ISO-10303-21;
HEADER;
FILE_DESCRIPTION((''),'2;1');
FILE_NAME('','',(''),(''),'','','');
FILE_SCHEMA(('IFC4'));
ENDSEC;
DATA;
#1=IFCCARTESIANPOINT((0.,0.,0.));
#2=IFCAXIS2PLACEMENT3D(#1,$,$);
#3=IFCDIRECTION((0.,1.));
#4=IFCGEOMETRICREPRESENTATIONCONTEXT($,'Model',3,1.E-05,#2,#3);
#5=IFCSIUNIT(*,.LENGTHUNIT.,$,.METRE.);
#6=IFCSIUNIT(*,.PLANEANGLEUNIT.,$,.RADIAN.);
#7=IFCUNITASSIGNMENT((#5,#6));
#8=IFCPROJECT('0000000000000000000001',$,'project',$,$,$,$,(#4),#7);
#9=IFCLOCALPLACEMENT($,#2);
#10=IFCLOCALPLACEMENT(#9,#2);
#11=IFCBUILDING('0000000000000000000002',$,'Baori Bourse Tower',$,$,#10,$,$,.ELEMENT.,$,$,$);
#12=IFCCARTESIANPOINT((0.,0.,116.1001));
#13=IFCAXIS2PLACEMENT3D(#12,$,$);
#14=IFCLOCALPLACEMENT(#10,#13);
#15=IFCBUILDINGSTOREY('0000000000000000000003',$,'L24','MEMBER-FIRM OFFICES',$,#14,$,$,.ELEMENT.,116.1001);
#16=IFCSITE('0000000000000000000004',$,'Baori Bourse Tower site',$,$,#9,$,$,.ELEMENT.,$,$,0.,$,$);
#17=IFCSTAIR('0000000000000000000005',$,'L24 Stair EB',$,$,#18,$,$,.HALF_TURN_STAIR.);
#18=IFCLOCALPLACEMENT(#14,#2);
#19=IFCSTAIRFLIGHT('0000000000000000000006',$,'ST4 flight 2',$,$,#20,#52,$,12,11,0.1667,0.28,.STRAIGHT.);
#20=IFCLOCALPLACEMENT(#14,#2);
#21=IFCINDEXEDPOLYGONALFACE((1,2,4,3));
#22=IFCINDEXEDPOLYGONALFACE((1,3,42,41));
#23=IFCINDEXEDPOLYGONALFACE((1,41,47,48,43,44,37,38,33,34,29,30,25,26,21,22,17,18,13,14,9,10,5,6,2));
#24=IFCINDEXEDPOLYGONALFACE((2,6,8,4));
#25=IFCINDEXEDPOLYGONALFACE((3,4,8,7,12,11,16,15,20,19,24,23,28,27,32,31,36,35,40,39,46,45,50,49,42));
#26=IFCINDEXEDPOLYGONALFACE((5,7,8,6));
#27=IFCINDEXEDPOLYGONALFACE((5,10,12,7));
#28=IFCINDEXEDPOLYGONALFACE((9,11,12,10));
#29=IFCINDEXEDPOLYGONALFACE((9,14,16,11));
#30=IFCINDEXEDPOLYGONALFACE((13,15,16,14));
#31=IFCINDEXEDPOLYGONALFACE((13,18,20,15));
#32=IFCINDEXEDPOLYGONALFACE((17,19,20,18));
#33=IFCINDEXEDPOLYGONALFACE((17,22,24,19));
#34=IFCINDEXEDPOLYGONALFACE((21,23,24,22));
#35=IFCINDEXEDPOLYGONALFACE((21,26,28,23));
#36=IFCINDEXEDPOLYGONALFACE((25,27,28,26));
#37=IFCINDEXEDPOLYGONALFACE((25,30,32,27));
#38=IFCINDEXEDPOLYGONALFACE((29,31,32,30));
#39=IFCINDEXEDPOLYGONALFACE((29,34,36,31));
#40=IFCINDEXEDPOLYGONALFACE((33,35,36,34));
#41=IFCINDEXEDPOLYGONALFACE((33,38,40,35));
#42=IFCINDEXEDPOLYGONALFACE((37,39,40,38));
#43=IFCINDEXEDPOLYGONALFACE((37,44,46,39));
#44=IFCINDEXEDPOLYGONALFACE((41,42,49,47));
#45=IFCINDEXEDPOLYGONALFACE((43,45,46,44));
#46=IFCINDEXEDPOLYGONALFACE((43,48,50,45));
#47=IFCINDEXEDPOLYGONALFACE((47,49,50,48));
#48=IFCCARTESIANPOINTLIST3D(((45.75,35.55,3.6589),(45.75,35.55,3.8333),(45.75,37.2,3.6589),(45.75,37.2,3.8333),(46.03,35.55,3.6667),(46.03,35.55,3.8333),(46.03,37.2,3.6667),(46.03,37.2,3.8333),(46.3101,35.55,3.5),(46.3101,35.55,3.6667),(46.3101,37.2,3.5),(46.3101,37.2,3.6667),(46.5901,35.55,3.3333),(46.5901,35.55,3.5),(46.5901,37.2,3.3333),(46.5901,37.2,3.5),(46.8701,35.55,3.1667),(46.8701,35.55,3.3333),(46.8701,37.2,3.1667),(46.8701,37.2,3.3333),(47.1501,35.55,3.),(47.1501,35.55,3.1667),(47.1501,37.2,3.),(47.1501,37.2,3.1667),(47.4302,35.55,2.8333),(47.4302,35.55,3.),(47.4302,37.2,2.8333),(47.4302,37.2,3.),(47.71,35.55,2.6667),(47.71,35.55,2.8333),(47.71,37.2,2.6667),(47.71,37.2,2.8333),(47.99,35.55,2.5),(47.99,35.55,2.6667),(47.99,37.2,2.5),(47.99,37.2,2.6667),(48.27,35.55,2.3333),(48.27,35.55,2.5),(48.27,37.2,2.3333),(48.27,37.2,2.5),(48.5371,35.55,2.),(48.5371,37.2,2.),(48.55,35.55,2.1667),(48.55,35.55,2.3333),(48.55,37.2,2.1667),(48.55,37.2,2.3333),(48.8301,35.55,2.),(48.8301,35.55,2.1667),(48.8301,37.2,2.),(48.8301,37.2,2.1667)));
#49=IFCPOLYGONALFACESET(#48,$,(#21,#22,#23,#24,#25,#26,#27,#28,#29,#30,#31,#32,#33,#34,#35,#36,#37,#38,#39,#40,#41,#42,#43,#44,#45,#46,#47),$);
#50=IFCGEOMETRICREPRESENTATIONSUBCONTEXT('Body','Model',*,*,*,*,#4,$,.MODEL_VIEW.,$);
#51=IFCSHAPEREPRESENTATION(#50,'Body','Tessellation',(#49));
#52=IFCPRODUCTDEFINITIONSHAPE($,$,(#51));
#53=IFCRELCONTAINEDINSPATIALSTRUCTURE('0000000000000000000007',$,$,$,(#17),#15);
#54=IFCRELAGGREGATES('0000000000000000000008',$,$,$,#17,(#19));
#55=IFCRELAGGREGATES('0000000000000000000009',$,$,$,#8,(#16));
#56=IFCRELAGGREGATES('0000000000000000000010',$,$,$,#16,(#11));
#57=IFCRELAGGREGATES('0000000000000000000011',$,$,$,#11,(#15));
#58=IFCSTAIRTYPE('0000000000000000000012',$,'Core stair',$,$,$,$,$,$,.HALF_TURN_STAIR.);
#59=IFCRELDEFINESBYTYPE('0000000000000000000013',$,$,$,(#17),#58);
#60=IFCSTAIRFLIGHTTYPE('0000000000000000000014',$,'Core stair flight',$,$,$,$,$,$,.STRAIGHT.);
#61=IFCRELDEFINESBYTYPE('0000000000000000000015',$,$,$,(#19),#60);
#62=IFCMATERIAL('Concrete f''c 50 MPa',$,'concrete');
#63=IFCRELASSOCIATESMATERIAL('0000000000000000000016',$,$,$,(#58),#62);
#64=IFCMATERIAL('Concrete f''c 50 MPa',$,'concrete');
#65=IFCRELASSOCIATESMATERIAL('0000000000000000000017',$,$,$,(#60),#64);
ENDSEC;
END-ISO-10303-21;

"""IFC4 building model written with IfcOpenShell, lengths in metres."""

from ifc_helpers import new_model, si_unit, direction, frame, origin, place, context, subcontext, project, spatial, polyline, outline, extrude, material, type_object, element, aggregate, save


model = new_model("IFC4")

# Units and contexts
model_context = context("Model", 3, precision=1e-05, world=origin(), true_north=direction((0.0, 1.0)))
body_context = subcontext(model_context, "Body", "Model", "MODEL_VIEW")
ifc_project = project(units=[si_unit("LENGTHUNIT", "METRE"), si_unit("PLANEANGLEUNIT", "RADIAN")], contexts=[model_context])

# Site, building, storey
site_placement = place(None, origin())
site = spatial("IfcSite", under=ifc_project, at=site_placement, Name="Baori Bourse Tower site", CompositionType="ELEMENT", RefElevation=0.0)
building_placement = place(site_placement, origin())
building = spatial("IfcBuilding", under=site, at=building_placement, Name="Baori Bourse Tower", CompositionType="ELEMENT")
storey_placement = place(building_placement, frame((0.0, 0.0, 116.1001)))
storey = spatial("IfcBuildingStorey", under=building, at=storey_placement, Name="L24", Description="MEMBER-FIRM OFFICES", CompositionType="ELEMENT", Elevation=116.1001)

# Stair, stair flight
ifc_material_1 = material(Name="Concrete f'c 50 MPa", Category="concrete")
stair_type = type_object("IfcStairType", Name="Core stair", PredefinedType="HALF_TURN_STAIR", material=ifc_material_1)
stair_placement = place(storey_placement, origin())
stair = element("IfcStair", 1, at=stair_placement, inside=storey, type_object=stair_type, Name="L24 Stair EB", PredefinedType="HALF_TURN_STAIR")
ifc_material_2 = material(Name="Concrete f'c 50 MPa", Category="concrete")
stair_flight_type = type_object("IfcStairFlightType", Name="Core stair flight", PredefinedType="STRAIGHT", material=ifc_material_2)
stair_flight_1_placement = place(storey_placement, frame((48.8301, 36.375, 2.0), z_axis=(0.0, 0.0, 1.0), x_axis=(-1.0, 0.0, 0.0)))
stair_flight_1 = element("IfcStairFlight", 2, at=stair_flight_1_placement, type_object=stair_flight_type, Name="ST4 flight 2", NumberOfRisers=12, NumberOfTreads=11, PredefinedType="STRAIGHT", RiserHeight=0.1667, TreadLength=0.28, context=body_context, shape_type="SweptSolid", body=[
    extrude(outline(polyline([(0.0, 0.0), (0.0, 0.1667), (0.28, 0.1667), (0.28, 0.3333), (0.5601, 0.3333), (0.5601, 0.5), (0.8401, 0.5), (0.8401, 0.6667), (1.1201, 0.6667), (1.1201, 0.8333), (1.3999, 0.8333), (1.3999, 1.0), (1.6799, 1.0), (1.6799, 1.1667), (1.96, 1.1667), (1.96, 1.3333), (2.24, 1.3333), (2.24, 1.5), (2.52, 1.5), (2.52, 1.6667), (2.8, 1.6667), (2.8, 1.8333), (3.0801, 1.8333), (3.0801, 2.0), (3.0801, 1.6589), (0.293, 0.0), (0.0, 0.0)])), frame((0.0, 0.825, 0.0), z_axis=(0.0, -1.0, 0.0), x_axis=(1.0, 0.0, 0.0)), (0.0, 0.0, 1.0), 1.6499),
])
aggregate(stair, [stair_flight_1])

save(model, "model.ifc")
